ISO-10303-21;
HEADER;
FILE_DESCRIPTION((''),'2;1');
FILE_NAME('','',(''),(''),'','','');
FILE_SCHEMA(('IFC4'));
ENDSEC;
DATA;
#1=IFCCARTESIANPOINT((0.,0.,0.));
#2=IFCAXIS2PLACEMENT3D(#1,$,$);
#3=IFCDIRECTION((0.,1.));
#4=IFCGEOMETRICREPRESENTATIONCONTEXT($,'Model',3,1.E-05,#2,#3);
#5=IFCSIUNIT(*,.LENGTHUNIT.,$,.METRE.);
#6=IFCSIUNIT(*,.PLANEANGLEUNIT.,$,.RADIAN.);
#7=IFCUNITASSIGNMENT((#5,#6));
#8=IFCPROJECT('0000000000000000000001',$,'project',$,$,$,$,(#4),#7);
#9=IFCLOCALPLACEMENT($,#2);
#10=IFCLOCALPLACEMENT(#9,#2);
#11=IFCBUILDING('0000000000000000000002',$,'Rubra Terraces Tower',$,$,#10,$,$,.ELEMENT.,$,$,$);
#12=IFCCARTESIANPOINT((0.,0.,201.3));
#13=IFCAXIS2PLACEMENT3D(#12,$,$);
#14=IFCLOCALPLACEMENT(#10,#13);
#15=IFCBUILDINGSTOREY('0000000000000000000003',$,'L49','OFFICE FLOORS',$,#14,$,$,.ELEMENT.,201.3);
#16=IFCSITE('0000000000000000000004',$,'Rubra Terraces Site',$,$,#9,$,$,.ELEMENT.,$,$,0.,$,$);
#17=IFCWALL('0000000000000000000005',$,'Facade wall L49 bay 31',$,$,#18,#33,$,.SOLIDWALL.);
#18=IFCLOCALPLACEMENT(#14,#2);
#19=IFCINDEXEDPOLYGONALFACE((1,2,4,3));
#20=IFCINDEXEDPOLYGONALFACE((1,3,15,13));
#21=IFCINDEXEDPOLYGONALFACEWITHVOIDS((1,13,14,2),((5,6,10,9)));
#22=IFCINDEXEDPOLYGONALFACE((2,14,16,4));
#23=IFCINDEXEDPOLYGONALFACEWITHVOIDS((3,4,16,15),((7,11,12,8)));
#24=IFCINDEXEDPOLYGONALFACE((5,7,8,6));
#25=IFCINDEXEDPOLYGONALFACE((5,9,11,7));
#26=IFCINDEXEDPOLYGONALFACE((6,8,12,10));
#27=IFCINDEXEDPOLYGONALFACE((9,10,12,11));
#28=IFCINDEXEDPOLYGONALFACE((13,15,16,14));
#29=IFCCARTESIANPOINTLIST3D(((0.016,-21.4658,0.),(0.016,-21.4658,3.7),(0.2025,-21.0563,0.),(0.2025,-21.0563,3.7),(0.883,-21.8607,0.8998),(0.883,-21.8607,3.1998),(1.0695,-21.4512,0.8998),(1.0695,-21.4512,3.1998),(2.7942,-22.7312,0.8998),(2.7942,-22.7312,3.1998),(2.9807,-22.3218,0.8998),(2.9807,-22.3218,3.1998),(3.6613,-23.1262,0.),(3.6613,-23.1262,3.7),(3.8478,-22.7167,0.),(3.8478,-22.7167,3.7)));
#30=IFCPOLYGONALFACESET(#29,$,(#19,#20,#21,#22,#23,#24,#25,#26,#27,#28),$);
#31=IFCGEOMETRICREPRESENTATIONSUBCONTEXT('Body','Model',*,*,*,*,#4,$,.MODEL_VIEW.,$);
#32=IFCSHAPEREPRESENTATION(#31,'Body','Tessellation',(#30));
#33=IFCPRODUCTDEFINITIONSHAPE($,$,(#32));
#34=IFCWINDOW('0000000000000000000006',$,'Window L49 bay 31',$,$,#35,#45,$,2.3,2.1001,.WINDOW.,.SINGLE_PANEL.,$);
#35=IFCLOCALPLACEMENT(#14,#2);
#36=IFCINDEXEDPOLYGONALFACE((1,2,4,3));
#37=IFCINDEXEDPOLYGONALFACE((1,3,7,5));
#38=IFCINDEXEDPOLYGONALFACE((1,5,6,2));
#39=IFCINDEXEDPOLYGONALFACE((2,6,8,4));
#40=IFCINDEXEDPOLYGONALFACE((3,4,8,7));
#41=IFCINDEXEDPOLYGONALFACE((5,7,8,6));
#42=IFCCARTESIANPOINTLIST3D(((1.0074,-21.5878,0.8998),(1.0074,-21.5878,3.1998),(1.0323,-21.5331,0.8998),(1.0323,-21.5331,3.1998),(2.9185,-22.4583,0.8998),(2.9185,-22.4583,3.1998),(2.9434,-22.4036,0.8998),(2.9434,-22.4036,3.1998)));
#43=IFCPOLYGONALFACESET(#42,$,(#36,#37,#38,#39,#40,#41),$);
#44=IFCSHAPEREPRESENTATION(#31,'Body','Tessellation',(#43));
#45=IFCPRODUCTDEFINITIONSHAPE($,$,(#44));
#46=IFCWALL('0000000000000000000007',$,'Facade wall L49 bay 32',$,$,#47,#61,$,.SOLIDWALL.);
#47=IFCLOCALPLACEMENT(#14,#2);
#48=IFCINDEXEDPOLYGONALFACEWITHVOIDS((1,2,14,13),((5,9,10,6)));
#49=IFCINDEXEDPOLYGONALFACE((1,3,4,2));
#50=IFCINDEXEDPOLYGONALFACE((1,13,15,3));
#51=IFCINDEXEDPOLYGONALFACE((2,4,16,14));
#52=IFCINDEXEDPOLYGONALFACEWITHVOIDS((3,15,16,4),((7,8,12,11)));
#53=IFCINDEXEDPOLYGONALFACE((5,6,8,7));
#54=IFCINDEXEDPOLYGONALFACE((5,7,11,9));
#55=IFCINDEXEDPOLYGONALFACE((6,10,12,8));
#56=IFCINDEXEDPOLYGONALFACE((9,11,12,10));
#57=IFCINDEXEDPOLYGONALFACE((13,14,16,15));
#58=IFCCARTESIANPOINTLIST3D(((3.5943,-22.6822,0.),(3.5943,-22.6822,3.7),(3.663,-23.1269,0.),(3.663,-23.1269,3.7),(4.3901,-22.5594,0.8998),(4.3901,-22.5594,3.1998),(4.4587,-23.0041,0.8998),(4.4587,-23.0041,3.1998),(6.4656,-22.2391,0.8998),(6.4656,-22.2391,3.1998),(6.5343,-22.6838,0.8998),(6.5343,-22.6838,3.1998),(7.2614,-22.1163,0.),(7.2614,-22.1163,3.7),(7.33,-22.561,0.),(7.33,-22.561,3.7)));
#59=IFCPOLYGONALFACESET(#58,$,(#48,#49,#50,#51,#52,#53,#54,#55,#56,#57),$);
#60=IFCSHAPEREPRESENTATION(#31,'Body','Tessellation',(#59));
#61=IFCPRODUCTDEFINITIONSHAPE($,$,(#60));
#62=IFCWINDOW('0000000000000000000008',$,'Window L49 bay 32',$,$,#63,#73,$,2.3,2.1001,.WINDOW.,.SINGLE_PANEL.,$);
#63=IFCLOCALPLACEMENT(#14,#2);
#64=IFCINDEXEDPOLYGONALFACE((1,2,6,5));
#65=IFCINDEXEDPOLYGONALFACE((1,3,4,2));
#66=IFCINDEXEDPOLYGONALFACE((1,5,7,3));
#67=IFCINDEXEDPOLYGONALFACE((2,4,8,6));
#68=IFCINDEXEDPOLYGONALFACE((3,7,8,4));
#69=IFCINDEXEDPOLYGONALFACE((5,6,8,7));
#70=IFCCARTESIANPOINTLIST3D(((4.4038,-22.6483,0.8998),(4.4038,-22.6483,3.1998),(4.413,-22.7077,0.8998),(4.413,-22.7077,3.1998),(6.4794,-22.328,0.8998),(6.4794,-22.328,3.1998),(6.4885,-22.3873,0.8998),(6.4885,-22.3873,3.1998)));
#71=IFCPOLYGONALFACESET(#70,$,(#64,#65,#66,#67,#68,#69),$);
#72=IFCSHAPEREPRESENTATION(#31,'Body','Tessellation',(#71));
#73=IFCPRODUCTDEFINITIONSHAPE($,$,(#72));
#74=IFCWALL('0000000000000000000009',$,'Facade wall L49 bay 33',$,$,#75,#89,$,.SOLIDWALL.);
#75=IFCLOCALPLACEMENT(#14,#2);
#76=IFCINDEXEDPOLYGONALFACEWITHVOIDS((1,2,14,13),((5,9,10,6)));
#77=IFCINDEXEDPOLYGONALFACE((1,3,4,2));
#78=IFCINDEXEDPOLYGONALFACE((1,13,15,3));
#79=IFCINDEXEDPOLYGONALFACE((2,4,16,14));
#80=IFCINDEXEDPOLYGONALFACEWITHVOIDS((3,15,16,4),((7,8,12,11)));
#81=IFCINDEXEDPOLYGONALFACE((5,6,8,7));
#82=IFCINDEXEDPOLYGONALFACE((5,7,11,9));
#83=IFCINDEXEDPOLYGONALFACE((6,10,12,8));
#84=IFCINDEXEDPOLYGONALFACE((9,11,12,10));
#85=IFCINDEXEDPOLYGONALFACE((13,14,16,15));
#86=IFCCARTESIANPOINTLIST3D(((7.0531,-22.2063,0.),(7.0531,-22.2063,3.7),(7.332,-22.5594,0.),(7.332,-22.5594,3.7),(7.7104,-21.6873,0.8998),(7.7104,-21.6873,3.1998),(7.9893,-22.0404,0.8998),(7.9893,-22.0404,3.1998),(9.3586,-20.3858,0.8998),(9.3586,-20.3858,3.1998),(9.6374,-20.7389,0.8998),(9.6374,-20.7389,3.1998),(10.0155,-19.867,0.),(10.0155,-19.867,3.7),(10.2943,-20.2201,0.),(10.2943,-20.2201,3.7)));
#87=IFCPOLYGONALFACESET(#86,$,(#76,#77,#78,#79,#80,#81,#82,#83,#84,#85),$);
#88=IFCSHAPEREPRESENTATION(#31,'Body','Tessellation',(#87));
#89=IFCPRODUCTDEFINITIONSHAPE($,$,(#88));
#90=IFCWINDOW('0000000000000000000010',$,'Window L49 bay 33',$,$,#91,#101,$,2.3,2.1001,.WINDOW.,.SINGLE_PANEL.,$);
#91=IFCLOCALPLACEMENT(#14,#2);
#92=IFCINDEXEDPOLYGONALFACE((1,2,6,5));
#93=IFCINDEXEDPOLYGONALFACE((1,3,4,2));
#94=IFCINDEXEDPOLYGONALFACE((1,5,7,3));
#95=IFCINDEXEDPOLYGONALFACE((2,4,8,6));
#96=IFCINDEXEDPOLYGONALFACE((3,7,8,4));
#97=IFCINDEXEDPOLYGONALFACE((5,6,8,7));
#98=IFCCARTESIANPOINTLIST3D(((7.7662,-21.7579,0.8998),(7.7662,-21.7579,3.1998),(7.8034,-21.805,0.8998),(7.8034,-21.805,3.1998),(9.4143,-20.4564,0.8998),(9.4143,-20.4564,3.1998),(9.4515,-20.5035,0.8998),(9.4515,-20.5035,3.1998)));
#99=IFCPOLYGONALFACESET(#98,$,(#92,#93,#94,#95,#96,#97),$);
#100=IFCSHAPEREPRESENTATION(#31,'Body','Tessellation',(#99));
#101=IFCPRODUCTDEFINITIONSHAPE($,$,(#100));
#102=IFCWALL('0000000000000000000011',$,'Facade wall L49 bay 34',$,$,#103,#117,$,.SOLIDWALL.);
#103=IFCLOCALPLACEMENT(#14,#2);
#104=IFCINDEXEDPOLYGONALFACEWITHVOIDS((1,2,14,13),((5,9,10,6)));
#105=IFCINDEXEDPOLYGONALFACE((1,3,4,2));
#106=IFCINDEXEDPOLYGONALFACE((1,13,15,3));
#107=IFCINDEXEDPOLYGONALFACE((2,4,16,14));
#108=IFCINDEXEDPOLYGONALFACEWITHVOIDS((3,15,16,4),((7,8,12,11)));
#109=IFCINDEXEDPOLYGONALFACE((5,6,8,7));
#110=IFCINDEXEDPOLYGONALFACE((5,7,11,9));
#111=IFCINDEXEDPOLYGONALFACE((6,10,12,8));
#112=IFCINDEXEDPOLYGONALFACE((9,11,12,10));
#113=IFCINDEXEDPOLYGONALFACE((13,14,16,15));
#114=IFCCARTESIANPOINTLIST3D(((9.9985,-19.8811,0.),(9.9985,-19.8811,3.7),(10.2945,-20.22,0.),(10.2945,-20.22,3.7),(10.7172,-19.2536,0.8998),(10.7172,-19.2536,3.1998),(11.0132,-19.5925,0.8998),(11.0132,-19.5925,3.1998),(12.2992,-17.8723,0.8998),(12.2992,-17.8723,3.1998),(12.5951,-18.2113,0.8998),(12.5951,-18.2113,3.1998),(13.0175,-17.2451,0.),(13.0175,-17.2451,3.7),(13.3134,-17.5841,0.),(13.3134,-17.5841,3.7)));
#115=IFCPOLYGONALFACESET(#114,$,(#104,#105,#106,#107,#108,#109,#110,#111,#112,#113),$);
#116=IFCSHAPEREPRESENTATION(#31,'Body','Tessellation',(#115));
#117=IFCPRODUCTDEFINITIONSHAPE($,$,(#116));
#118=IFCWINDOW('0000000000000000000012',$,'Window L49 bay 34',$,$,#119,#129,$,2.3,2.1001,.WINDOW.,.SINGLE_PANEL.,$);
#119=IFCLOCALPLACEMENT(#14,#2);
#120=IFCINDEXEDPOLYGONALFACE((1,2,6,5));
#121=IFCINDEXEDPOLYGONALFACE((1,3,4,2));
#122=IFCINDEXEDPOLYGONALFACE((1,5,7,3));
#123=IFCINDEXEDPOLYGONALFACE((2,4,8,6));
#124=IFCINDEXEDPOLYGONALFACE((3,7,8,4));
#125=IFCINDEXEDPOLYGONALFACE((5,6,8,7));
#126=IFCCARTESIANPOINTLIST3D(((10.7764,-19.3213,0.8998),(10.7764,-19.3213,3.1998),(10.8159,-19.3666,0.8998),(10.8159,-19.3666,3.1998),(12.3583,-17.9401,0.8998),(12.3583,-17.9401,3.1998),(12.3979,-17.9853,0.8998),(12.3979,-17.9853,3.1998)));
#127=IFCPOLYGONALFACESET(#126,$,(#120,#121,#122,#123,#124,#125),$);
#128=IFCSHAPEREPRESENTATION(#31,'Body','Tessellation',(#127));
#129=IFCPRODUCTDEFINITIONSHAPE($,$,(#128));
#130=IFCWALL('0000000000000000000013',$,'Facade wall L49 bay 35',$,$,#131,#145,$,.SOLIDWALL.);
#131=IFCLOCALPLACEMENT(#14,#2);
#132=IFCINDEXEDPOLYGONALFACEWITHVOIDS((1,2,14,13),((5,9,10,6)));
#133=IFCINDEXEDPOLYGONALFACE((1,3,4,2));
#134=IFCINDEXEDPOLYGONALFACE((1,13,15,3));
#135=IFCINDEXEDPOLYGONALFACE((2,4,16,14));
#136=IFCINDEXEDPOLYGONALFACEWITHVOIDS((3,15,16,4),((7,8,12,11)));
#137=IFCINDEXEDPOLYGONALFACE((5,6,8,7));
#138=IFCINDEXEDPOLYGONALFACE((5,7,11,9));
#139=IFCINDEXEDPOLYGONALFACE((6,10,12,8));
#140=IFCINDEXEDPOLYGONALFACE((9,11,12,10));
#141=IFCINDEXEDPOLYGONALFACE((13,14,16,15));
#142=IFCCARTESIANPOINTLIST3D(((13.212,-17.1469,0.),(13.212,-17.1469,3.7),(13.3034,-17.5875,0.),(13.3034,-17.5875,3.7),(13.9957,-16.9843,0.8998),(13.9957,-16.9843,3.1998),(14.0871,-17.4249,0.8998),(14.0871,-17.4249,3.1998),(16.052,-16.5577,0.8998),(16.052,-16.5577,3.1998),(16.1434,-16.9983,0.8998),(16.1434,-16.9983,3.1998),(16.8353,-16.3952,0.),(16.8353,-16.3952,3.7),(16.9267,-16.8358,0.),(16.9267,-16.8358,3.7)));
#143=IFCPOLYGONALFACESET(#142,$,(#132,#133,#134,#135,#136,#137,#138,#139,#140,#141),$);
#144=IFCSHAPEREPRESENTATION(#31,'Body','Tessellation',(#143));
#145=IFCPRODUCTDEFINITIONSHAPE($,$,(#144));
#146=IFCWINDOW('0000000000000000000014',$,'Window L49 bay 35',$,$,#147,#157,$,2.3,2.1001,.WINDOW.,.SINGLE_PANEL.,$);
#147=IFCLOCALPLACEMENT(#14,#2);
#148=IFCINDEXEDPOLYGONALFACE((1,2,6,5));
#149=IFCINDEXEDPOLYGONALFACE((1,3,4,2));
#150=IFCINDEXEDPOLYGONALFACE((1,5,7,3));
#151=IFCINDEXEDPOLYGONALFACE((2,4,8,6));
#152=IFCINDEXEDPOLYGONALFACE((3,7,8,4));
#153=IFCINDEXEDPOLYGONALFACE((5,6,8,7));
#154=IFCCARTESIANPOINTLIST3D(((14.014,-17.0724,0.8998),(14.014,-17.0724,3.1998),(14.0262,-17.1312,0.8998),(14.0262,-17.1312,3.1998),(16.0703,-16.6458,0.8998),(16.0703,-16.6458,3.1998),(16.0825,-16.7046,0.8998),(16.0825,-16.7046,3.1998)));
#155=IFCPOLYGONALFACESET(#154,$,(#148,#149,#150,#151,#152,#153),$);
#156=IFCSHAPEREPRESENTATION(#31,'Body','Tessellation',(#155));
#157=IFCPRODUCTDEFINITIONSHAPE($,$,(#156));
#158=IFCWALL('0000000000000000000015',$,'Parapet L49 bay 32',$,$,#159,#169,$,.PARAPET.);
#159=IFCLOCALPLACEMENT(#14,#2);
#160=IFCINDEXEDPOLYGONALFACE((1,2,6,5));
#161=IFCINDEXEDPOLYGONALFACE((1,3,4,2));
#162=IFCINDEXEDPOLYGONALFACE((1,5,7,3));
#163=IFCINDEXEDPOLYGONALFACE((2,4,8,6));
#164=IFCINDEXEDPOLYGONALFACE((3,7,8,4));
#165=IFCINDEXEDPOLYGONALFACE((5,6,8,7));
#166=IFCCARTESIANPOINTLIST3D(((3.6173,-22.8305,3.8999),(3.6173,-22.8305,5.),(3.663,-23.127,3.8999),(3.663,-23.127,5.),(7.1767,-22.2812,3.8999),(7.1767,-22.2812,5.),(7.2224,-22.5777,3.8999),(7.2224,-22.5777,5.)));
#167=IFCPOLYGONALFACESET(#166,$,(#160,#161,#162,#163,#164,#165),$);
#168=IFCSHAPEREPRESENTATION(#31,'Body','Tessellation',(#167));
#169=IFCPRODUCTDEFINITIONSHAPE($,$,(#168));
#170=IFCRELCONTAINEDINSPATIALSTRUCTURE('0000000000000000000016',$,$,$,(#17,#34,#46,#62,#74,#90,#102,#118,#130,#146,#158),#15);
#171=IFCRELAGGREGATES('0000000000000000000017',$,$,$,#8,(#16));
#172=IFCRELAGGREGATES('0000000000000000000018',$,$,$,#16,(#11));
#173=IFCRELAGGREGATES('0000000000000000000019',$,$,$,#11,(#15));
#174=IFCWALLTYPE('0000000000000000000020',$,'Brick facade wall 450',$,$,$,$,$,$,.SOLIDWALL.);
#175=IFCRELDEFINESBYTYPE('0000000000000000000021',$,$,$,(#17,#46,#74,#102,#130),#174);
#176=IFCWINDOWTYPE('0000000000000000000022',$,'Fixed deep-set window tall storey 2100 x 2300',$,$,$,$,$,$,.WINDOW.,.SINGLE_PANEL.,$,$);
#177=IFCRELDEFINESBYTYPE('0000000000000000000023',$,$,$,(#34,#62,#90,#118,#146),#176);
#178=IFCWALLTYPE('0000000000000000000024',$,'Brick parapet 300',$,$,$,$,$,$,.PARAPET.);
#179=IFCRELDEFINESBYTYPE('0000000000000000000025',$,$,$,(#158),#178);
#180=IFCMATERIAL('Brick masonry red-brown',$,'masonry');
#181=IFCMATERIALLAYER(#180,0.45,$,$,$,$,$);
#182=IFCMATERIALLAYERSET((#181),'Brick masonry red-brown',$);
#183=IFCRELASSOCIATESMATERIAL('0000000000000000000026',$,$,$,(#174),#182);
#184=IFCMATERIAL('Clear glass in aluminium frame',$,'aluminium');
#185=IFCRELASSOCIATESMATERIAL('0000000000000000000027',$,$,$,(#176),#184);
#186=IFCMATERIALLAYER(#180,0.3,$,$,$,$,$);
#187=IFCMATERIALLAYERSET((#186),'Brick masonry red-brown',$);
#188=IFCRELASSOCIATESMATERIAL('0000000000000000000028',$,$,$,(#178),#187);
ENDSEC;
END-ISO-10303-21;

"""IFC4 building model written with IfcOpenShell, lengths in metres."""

from ifc_helpers import new_model, si_unit, direction, frame, frame_2d, origin, place, context, subcontext, project, spatial, rectangle, extrude, material, layer, layer_set, type_object, element, fill, save


model = new_model("IFC4")

# Units and contexts
model_context = context("Model", 3, precision=1e-05, world=origin(), true_north=direction((0.0, 1.0)))
body_context = subcontext(model_context, "Body", "Model", "MODEL_VIEW")
ifc_project = project(units=[si_unit("LENGTHUNIT", "METRE"), si_unit("PLANEANGLEUNIT", "RADIAN")], contexts=[model_context])

# Site, building, storey
site_placement = place(None, origin())
site = spatial("IfcSite", under=ifc_project, at=site_placement, Name="Rubra Terraces Site", CompositionType="ELEMENT", RefElevation=0.0)
building_placement = place(site_placement, origin())
building = spatial("IfcBuilding", under=site, at=building_placement, Name="Rubra Terraces Tower", CompositionType="ELEMENT")
storey_placement = place(building_placement, frame((0.0, 0.0, 201.3)))
storey = spatial("IfcBuildingStorey", under=building, at=storey_placement, Name="L49", Description="OFFICE FLOORS", CompositionType="ELEMENT", Elevation=201.3)

# Walls, openings, windows
ifc_material_1 = material(Name="Brick masonry red-brown", Category="masonry")
ifc_layer_1 = layer(ifc_material_1, 0.45)
ifc_layer_set_1 = layer_set([ifc_layer_1], Name="Brick masonry red-brown")
wall_type_1 = type_object("IfcWallType", Name="Brick facade wall 450", PredefinedType="SOLIDWALL", material=ifc_layer_set_1)
wall_1_placement = place(storey_placement, frame((0.1091, -21.261, 0.0), z_axis=(0.0, 0.0, 1.0), x_axis=(0.910041, -0.414519, 0.0)))
wall_1 = element("IfcWall", 1, at=wall_1_placement, inside=storey, type_object=wall_type_1, Name="Facade wall L49 bay 31", PredefinedType="SOLIDWALL", context=body_context, shape_type="SweptSolid", body=[
    extrude(rectangle(XDim=4.0056, YDim=0.45, at=frame_2d((2.0029, 0.0))), origin(), (0.0, 0.0, 1.0), 3.7),
])
opening_1_placement = place(wall_1_placement, frame((0.9529, 0.0, 0.8999)))
opening_1 = element("IfcOpeningElement", 2, at=opening_1_placement, cuts=wall_1, PredefinedType="OPENING", context=body_context, shape_type="SweptSolid", body=[
    extrude(rectangle(XDim=2.1001, YDim=2.3, at=frame_2d((1.05, 1.1499))), frame((0.0, 0.2349, 0.0), z_axis=(0.0, -1.0, 0.0), x_axis=(1.0, 0.0, 0.0)), (0.0, 0.0, 1.0), 0.47),
])
ifc_material_2 = material(Name="Clear glass in aluminium frame", Category="aluminium")
window_type = type_object("IfcWindowType", Name="Fixed deep-set window tall storey 2100 x 2300", PartitioningType="SINGLE_PANEL", PredefinedType="WINDOW", material=ifc_material_2)
window_1_placement = place(opening_1_placement, origin())
window_1 = element("IfcWindow", 3, at=window_1_placement, inside=storey, type_object=window_type, Name="Window L49 bay 31", OverallHeight=2.3, OverallWidth=2.1001, PartitioningType="SINGLE_PANEL", PredefinedType="WINDOW", context=body_context, shape_type="SweptSolid", body=[
    extrude(rectangle(XDim=2.1001, YDim=2.3, at=frame_2d((1.05, 1.1499))), frame((0.0, 0.135, 0.0), z_axis=(0.0, -1.0, 0.0), x_axis=(1.0, 0.0, 0.0)), (0.0, 0.0, 1.0), 0.0601),
])
fill(opening_1, window_1)
wall_2_placement = place(storey_placement, frame((3.6287, -22.9045, 0.0), z_axis=(0.0, 0.0, 1.0), x_axis=(0.9883, 0.152522, 0.0)))
wall_2 = element("IfcWall", 4, at=wall_2_placement, inside=storey, type_object=wall_type_1, Name="Facade wall L49 bay 32", PredefinedType="SOLIDWALL", context=body_context, shape_type="SweptSolid", body=[
    extrude(rectangle(XDim=3.7104, YDim=0.45, at=frame_2d((1.8552, 0.0))), origin(), (0.0, 0.0, 1.0), 3.7),
])
opening_2_placement = place(wall_2_placement, frame((0.8052, 0.0, 0.8999)))
opening_2 = element("IfcOpeningElement", 5, at=opening_2_placement, cuts=wall_2, PredefinedType="OPENING", context=body_context, shape_type="SweptSolid", body=[
    extrude(rectangle(XDim=2.1001, YDim=2.3, at=frame_2d((1.05, 1.1499))), frame((0.0, 0.2349, 0.0), z_axis=(0.0, -1.0, 0.0), x_axis=(1.0, 0.0, 0.0)), (0.0, 0.0, 1.0), 0.47),
])
window_2_placement = place(opening_2_placement, origin())
window_2 = element("IfcWindow", 6, at=window_2_placement, inside=storey, type_object=window_type, Name="Window L49 bay 32", OverallHeight=2.3, OverallWidth=2.1001, PartitioningType="SINGLE_PANEL", PredefinedType="WINDOW", context=body_context, shape_type="SweptSolid", body=[
    extrude(rectangle(XDim=2.1001, YDim=2.3, at=frame_2d((1.05, 1.1499))), frame((0.0, 0.135, 0.0), z_axis=(0.0, -1.0, 0.0), x_axis=(1.0, 0.0, 0.0)), (0.0, 0.0, 1.0), 0.0601),
])
fill(opening_2, window_2)
wall_3_placement = place(storey_placement, frame((7.1926, -22.3828, 0.0), z_axis=(0.0, 0.0, 1.0), x_axis=(0.784803, 0.619745, 0.0)))
wall_3 = element("IfcWall", 7, at=wall_3_placement, inside=storey, type_object=wall_type_1, Name="Facade wall L49 bay 33", PredefinedType="SOLIDWALL", context=body_context, shape_type="SweptSolid", body=[
    extrude(rectangle(XDim=3.7747, YDim=0.45, at=frame_2d((1.8872, 0.0))), origin(), (0.0, 0.0, 1.0), 3.7),
])
opening_3_placement = place(wall_3_placement, frame((0.8374, 0.0, 0.8999)))
opening_3 = element("IfcOpeningElement", 8, at=opening_3_placement, cuts=wall_3, PredefinedType="OPENING", context=body_context, shape_type="SweptSolid", body=[
    extrude(rectangle(XDim=2.1001, YDim=2.3, at=frame_2d((1.05, 1.1499))), frame((0.0, 0.2349, 0.0), z_axis=(0.0, -1.0, 0.0), x_axis=(1.0, 0.0, 0.0)), (0.0, 0.0, 1.0), 0.47),
])
window_3_placement = place(opening_3_placement, origin())
window_3 = element("IfcWindow", 9, at=window_3_placement, inside=storey, type_object=window_type, Name="Window L49 bay 33", OverallHeight=2.3, OverallWidth=2.1001, PartitioningType="SINGLE_PANEL", PredefinedType="WINDOW", context=body_context, shape_type="SweptSolid", body=[
    extrude(rectangle(XDim=2.1001, YDim=2.3, at=frame_2d((1.05, 1.1499))), frame((0.0, 0.135, 0.0), z_axis=(0.0, -1.0, 0.0), x_axis=(1.0, 0.0, 0.0)), (0.0, 0.0, 1.0), 0.0601),
])
fill(opening_3, window_3)
wall_4_placement = place(storey_placement, frame((10.1465, -20.0505, 0.0), z_axis=(0.0, 0.0, 1.0), x_axis=(0.753278, 0.657702, 0.0)))
wall_4 = element("IfcWall", 10, at=wall_4_placement, inside=storey, type_object=wall_type_1, Name="Facade wall L49 bay 34", PredefinedType="SOLIDWALL", context=body_context, shape_type="SweptSolid", body=[
    extrude(rectangle(XDim=4.0078, YDim=0.45, at=frame_2d((2.0039, 0.0))), origin(), (0.0, 0.0, 1.0), 3.7),
])
opening_4_placement = place(wall_4_placement, frame((0.9541, 0.0, 0.8999)))
opening_4 = element("IfcOpeningElement", 11, at=opening_4_placement, cuts=wall_4, PredefinedType="OPENING", context=body_context, shape_type="SweptSolid", body=[
    extrude(rectangle(XDim=2.1001, YDim=2.3, at=frame_2d((1.05, 1.1499))), frame((0.0, 0.2349, 0.0), z_axis=(0.0, -1.0, 0.0), x_axis=(1.0, 0.0, 0.0)), (0.0, 0.0, 1.0), 0.47),
])
window_4_placement = place(opening_4_placement, origin())
window_4 = element("IfcWindow", 12, at=window_4_placement, inside=storey, type_object=window_type, Name="Window L49 bay 34", OverallHeight=2.3, OverallWidth=2.1001, PartitioningType="SINGLE_PANEL", PredefinedType="WINDOW", context=body_context, shape_type="SweptSolid", body=[
    extrude(rectangle(XDim=2.1001, YDim=2.3, at=frame_2d((1.05, 1.1499))), frame((0.0, 0.135, 0.0), z_axis=(0.0, -1.0, 0.0), x_axis=(1.0, 0.0, 0.0)), (0.0, 0.0, 1.0), 0.0601),
])
fill(opening_4, window_4)
wall_5_placement = place(storey_placement, frame((13.2578, -17.3672, 0.0), z_axis=(0.0, 0.0, 1.0), x_axis=(0.97915, 0.20314, 0.0)))
wall_5 = element("IfcWall", 13, at=wall_5_placement, inside=storey, type_object=wall_type_1, Name="Facade wall L49 bay 35", PredefinedType="SOLIDWALL", context=body_context, shape_type="SweptSolid", body=[
    extrude(rectangle(XDim=3.7004, YDim=0.45, at=frame_2d((1.8501, 0.0))), origin(), (0.0, 0.0, 1.0), 3.7),
])
opening_5_placement = place(wall_5_placement, frame((0.8003, 0.0, 0.8999)))
opening_5 = element("IfcOpeningElement", 14, at=opening_5_placement, cuts=wall_5, PredefinedType="OPENING", context=body_context, shape_type="SweptSolid", body=[
    extrude(rectangle(XDim=2.1001, YDim=2.3, at=frame_2d((1.05, 1.1499))), frame((0.0, 0.2349, 0.0), z_axis=(0.0, -1.0, 0.0), x_axis=(1.0, 0.0, 0.0)), (0.0, 0.0, 1.0), 0.47),
])
window_5_placement = place(opening_5_placement, origin())
window_5 = element("IfcWindow", 15, at=window_5_placement, inside=storey, type_object=window_type, Name="Window L49 bay 35", OverallHeight=2.3, OverallWidth=2.1001, PartitioningType="SINGLE_PANEL", PredefinedType="WINDOW", context=body_context, shape_type="SweptSolid", body=[
    extrude(rectangle(XDim=2.1001, YDim=2.3, at=frame_2d((1.05, 1.1499))), frame((0.0, 0.135, 0.0), z_axis=(0.0, -1.0, 0.0), x_axis=(1.0, 0.0, 0.0)), (0.0, 0.0, 1.0), 0.0601),
])
fill(opening_5, window_5)

# Wall
ifc_layer_2 = layer(ifc_material_1, 0.3)
ifc_layer_set_2 = layer_set([ifc_layer_2], Name="Brick masonry red-brown")
wall_type_2 = type_object("IfcWallType", Name="Brick parapet 300", PredefinedType="PARAPET", material=ifc_layer_set_2)
wall_6_placement = place(storey_placement, frame((3.6401, -22.9788, 3.8999), z_axis=(0.0, 0.0, 1.0), x_axis=(0.988299, 0.152526, 0.0)))
element("IfcWall", 16, at=wall_6_placement, inside=storey, type_object=wall_type_2, Name="Parapet L49 bay 32", PredefinedType="PARAPET", context=body_context, shape_type="SweptSolid", body=[
    extrude(rectangle(XDim=3.6016, YDim=0.3, at=frame_2d((1.8008, 0.0))), origin(), (0.0, 0.0, 1.0), 1.1001),
])

save(model, "model.ifc")
